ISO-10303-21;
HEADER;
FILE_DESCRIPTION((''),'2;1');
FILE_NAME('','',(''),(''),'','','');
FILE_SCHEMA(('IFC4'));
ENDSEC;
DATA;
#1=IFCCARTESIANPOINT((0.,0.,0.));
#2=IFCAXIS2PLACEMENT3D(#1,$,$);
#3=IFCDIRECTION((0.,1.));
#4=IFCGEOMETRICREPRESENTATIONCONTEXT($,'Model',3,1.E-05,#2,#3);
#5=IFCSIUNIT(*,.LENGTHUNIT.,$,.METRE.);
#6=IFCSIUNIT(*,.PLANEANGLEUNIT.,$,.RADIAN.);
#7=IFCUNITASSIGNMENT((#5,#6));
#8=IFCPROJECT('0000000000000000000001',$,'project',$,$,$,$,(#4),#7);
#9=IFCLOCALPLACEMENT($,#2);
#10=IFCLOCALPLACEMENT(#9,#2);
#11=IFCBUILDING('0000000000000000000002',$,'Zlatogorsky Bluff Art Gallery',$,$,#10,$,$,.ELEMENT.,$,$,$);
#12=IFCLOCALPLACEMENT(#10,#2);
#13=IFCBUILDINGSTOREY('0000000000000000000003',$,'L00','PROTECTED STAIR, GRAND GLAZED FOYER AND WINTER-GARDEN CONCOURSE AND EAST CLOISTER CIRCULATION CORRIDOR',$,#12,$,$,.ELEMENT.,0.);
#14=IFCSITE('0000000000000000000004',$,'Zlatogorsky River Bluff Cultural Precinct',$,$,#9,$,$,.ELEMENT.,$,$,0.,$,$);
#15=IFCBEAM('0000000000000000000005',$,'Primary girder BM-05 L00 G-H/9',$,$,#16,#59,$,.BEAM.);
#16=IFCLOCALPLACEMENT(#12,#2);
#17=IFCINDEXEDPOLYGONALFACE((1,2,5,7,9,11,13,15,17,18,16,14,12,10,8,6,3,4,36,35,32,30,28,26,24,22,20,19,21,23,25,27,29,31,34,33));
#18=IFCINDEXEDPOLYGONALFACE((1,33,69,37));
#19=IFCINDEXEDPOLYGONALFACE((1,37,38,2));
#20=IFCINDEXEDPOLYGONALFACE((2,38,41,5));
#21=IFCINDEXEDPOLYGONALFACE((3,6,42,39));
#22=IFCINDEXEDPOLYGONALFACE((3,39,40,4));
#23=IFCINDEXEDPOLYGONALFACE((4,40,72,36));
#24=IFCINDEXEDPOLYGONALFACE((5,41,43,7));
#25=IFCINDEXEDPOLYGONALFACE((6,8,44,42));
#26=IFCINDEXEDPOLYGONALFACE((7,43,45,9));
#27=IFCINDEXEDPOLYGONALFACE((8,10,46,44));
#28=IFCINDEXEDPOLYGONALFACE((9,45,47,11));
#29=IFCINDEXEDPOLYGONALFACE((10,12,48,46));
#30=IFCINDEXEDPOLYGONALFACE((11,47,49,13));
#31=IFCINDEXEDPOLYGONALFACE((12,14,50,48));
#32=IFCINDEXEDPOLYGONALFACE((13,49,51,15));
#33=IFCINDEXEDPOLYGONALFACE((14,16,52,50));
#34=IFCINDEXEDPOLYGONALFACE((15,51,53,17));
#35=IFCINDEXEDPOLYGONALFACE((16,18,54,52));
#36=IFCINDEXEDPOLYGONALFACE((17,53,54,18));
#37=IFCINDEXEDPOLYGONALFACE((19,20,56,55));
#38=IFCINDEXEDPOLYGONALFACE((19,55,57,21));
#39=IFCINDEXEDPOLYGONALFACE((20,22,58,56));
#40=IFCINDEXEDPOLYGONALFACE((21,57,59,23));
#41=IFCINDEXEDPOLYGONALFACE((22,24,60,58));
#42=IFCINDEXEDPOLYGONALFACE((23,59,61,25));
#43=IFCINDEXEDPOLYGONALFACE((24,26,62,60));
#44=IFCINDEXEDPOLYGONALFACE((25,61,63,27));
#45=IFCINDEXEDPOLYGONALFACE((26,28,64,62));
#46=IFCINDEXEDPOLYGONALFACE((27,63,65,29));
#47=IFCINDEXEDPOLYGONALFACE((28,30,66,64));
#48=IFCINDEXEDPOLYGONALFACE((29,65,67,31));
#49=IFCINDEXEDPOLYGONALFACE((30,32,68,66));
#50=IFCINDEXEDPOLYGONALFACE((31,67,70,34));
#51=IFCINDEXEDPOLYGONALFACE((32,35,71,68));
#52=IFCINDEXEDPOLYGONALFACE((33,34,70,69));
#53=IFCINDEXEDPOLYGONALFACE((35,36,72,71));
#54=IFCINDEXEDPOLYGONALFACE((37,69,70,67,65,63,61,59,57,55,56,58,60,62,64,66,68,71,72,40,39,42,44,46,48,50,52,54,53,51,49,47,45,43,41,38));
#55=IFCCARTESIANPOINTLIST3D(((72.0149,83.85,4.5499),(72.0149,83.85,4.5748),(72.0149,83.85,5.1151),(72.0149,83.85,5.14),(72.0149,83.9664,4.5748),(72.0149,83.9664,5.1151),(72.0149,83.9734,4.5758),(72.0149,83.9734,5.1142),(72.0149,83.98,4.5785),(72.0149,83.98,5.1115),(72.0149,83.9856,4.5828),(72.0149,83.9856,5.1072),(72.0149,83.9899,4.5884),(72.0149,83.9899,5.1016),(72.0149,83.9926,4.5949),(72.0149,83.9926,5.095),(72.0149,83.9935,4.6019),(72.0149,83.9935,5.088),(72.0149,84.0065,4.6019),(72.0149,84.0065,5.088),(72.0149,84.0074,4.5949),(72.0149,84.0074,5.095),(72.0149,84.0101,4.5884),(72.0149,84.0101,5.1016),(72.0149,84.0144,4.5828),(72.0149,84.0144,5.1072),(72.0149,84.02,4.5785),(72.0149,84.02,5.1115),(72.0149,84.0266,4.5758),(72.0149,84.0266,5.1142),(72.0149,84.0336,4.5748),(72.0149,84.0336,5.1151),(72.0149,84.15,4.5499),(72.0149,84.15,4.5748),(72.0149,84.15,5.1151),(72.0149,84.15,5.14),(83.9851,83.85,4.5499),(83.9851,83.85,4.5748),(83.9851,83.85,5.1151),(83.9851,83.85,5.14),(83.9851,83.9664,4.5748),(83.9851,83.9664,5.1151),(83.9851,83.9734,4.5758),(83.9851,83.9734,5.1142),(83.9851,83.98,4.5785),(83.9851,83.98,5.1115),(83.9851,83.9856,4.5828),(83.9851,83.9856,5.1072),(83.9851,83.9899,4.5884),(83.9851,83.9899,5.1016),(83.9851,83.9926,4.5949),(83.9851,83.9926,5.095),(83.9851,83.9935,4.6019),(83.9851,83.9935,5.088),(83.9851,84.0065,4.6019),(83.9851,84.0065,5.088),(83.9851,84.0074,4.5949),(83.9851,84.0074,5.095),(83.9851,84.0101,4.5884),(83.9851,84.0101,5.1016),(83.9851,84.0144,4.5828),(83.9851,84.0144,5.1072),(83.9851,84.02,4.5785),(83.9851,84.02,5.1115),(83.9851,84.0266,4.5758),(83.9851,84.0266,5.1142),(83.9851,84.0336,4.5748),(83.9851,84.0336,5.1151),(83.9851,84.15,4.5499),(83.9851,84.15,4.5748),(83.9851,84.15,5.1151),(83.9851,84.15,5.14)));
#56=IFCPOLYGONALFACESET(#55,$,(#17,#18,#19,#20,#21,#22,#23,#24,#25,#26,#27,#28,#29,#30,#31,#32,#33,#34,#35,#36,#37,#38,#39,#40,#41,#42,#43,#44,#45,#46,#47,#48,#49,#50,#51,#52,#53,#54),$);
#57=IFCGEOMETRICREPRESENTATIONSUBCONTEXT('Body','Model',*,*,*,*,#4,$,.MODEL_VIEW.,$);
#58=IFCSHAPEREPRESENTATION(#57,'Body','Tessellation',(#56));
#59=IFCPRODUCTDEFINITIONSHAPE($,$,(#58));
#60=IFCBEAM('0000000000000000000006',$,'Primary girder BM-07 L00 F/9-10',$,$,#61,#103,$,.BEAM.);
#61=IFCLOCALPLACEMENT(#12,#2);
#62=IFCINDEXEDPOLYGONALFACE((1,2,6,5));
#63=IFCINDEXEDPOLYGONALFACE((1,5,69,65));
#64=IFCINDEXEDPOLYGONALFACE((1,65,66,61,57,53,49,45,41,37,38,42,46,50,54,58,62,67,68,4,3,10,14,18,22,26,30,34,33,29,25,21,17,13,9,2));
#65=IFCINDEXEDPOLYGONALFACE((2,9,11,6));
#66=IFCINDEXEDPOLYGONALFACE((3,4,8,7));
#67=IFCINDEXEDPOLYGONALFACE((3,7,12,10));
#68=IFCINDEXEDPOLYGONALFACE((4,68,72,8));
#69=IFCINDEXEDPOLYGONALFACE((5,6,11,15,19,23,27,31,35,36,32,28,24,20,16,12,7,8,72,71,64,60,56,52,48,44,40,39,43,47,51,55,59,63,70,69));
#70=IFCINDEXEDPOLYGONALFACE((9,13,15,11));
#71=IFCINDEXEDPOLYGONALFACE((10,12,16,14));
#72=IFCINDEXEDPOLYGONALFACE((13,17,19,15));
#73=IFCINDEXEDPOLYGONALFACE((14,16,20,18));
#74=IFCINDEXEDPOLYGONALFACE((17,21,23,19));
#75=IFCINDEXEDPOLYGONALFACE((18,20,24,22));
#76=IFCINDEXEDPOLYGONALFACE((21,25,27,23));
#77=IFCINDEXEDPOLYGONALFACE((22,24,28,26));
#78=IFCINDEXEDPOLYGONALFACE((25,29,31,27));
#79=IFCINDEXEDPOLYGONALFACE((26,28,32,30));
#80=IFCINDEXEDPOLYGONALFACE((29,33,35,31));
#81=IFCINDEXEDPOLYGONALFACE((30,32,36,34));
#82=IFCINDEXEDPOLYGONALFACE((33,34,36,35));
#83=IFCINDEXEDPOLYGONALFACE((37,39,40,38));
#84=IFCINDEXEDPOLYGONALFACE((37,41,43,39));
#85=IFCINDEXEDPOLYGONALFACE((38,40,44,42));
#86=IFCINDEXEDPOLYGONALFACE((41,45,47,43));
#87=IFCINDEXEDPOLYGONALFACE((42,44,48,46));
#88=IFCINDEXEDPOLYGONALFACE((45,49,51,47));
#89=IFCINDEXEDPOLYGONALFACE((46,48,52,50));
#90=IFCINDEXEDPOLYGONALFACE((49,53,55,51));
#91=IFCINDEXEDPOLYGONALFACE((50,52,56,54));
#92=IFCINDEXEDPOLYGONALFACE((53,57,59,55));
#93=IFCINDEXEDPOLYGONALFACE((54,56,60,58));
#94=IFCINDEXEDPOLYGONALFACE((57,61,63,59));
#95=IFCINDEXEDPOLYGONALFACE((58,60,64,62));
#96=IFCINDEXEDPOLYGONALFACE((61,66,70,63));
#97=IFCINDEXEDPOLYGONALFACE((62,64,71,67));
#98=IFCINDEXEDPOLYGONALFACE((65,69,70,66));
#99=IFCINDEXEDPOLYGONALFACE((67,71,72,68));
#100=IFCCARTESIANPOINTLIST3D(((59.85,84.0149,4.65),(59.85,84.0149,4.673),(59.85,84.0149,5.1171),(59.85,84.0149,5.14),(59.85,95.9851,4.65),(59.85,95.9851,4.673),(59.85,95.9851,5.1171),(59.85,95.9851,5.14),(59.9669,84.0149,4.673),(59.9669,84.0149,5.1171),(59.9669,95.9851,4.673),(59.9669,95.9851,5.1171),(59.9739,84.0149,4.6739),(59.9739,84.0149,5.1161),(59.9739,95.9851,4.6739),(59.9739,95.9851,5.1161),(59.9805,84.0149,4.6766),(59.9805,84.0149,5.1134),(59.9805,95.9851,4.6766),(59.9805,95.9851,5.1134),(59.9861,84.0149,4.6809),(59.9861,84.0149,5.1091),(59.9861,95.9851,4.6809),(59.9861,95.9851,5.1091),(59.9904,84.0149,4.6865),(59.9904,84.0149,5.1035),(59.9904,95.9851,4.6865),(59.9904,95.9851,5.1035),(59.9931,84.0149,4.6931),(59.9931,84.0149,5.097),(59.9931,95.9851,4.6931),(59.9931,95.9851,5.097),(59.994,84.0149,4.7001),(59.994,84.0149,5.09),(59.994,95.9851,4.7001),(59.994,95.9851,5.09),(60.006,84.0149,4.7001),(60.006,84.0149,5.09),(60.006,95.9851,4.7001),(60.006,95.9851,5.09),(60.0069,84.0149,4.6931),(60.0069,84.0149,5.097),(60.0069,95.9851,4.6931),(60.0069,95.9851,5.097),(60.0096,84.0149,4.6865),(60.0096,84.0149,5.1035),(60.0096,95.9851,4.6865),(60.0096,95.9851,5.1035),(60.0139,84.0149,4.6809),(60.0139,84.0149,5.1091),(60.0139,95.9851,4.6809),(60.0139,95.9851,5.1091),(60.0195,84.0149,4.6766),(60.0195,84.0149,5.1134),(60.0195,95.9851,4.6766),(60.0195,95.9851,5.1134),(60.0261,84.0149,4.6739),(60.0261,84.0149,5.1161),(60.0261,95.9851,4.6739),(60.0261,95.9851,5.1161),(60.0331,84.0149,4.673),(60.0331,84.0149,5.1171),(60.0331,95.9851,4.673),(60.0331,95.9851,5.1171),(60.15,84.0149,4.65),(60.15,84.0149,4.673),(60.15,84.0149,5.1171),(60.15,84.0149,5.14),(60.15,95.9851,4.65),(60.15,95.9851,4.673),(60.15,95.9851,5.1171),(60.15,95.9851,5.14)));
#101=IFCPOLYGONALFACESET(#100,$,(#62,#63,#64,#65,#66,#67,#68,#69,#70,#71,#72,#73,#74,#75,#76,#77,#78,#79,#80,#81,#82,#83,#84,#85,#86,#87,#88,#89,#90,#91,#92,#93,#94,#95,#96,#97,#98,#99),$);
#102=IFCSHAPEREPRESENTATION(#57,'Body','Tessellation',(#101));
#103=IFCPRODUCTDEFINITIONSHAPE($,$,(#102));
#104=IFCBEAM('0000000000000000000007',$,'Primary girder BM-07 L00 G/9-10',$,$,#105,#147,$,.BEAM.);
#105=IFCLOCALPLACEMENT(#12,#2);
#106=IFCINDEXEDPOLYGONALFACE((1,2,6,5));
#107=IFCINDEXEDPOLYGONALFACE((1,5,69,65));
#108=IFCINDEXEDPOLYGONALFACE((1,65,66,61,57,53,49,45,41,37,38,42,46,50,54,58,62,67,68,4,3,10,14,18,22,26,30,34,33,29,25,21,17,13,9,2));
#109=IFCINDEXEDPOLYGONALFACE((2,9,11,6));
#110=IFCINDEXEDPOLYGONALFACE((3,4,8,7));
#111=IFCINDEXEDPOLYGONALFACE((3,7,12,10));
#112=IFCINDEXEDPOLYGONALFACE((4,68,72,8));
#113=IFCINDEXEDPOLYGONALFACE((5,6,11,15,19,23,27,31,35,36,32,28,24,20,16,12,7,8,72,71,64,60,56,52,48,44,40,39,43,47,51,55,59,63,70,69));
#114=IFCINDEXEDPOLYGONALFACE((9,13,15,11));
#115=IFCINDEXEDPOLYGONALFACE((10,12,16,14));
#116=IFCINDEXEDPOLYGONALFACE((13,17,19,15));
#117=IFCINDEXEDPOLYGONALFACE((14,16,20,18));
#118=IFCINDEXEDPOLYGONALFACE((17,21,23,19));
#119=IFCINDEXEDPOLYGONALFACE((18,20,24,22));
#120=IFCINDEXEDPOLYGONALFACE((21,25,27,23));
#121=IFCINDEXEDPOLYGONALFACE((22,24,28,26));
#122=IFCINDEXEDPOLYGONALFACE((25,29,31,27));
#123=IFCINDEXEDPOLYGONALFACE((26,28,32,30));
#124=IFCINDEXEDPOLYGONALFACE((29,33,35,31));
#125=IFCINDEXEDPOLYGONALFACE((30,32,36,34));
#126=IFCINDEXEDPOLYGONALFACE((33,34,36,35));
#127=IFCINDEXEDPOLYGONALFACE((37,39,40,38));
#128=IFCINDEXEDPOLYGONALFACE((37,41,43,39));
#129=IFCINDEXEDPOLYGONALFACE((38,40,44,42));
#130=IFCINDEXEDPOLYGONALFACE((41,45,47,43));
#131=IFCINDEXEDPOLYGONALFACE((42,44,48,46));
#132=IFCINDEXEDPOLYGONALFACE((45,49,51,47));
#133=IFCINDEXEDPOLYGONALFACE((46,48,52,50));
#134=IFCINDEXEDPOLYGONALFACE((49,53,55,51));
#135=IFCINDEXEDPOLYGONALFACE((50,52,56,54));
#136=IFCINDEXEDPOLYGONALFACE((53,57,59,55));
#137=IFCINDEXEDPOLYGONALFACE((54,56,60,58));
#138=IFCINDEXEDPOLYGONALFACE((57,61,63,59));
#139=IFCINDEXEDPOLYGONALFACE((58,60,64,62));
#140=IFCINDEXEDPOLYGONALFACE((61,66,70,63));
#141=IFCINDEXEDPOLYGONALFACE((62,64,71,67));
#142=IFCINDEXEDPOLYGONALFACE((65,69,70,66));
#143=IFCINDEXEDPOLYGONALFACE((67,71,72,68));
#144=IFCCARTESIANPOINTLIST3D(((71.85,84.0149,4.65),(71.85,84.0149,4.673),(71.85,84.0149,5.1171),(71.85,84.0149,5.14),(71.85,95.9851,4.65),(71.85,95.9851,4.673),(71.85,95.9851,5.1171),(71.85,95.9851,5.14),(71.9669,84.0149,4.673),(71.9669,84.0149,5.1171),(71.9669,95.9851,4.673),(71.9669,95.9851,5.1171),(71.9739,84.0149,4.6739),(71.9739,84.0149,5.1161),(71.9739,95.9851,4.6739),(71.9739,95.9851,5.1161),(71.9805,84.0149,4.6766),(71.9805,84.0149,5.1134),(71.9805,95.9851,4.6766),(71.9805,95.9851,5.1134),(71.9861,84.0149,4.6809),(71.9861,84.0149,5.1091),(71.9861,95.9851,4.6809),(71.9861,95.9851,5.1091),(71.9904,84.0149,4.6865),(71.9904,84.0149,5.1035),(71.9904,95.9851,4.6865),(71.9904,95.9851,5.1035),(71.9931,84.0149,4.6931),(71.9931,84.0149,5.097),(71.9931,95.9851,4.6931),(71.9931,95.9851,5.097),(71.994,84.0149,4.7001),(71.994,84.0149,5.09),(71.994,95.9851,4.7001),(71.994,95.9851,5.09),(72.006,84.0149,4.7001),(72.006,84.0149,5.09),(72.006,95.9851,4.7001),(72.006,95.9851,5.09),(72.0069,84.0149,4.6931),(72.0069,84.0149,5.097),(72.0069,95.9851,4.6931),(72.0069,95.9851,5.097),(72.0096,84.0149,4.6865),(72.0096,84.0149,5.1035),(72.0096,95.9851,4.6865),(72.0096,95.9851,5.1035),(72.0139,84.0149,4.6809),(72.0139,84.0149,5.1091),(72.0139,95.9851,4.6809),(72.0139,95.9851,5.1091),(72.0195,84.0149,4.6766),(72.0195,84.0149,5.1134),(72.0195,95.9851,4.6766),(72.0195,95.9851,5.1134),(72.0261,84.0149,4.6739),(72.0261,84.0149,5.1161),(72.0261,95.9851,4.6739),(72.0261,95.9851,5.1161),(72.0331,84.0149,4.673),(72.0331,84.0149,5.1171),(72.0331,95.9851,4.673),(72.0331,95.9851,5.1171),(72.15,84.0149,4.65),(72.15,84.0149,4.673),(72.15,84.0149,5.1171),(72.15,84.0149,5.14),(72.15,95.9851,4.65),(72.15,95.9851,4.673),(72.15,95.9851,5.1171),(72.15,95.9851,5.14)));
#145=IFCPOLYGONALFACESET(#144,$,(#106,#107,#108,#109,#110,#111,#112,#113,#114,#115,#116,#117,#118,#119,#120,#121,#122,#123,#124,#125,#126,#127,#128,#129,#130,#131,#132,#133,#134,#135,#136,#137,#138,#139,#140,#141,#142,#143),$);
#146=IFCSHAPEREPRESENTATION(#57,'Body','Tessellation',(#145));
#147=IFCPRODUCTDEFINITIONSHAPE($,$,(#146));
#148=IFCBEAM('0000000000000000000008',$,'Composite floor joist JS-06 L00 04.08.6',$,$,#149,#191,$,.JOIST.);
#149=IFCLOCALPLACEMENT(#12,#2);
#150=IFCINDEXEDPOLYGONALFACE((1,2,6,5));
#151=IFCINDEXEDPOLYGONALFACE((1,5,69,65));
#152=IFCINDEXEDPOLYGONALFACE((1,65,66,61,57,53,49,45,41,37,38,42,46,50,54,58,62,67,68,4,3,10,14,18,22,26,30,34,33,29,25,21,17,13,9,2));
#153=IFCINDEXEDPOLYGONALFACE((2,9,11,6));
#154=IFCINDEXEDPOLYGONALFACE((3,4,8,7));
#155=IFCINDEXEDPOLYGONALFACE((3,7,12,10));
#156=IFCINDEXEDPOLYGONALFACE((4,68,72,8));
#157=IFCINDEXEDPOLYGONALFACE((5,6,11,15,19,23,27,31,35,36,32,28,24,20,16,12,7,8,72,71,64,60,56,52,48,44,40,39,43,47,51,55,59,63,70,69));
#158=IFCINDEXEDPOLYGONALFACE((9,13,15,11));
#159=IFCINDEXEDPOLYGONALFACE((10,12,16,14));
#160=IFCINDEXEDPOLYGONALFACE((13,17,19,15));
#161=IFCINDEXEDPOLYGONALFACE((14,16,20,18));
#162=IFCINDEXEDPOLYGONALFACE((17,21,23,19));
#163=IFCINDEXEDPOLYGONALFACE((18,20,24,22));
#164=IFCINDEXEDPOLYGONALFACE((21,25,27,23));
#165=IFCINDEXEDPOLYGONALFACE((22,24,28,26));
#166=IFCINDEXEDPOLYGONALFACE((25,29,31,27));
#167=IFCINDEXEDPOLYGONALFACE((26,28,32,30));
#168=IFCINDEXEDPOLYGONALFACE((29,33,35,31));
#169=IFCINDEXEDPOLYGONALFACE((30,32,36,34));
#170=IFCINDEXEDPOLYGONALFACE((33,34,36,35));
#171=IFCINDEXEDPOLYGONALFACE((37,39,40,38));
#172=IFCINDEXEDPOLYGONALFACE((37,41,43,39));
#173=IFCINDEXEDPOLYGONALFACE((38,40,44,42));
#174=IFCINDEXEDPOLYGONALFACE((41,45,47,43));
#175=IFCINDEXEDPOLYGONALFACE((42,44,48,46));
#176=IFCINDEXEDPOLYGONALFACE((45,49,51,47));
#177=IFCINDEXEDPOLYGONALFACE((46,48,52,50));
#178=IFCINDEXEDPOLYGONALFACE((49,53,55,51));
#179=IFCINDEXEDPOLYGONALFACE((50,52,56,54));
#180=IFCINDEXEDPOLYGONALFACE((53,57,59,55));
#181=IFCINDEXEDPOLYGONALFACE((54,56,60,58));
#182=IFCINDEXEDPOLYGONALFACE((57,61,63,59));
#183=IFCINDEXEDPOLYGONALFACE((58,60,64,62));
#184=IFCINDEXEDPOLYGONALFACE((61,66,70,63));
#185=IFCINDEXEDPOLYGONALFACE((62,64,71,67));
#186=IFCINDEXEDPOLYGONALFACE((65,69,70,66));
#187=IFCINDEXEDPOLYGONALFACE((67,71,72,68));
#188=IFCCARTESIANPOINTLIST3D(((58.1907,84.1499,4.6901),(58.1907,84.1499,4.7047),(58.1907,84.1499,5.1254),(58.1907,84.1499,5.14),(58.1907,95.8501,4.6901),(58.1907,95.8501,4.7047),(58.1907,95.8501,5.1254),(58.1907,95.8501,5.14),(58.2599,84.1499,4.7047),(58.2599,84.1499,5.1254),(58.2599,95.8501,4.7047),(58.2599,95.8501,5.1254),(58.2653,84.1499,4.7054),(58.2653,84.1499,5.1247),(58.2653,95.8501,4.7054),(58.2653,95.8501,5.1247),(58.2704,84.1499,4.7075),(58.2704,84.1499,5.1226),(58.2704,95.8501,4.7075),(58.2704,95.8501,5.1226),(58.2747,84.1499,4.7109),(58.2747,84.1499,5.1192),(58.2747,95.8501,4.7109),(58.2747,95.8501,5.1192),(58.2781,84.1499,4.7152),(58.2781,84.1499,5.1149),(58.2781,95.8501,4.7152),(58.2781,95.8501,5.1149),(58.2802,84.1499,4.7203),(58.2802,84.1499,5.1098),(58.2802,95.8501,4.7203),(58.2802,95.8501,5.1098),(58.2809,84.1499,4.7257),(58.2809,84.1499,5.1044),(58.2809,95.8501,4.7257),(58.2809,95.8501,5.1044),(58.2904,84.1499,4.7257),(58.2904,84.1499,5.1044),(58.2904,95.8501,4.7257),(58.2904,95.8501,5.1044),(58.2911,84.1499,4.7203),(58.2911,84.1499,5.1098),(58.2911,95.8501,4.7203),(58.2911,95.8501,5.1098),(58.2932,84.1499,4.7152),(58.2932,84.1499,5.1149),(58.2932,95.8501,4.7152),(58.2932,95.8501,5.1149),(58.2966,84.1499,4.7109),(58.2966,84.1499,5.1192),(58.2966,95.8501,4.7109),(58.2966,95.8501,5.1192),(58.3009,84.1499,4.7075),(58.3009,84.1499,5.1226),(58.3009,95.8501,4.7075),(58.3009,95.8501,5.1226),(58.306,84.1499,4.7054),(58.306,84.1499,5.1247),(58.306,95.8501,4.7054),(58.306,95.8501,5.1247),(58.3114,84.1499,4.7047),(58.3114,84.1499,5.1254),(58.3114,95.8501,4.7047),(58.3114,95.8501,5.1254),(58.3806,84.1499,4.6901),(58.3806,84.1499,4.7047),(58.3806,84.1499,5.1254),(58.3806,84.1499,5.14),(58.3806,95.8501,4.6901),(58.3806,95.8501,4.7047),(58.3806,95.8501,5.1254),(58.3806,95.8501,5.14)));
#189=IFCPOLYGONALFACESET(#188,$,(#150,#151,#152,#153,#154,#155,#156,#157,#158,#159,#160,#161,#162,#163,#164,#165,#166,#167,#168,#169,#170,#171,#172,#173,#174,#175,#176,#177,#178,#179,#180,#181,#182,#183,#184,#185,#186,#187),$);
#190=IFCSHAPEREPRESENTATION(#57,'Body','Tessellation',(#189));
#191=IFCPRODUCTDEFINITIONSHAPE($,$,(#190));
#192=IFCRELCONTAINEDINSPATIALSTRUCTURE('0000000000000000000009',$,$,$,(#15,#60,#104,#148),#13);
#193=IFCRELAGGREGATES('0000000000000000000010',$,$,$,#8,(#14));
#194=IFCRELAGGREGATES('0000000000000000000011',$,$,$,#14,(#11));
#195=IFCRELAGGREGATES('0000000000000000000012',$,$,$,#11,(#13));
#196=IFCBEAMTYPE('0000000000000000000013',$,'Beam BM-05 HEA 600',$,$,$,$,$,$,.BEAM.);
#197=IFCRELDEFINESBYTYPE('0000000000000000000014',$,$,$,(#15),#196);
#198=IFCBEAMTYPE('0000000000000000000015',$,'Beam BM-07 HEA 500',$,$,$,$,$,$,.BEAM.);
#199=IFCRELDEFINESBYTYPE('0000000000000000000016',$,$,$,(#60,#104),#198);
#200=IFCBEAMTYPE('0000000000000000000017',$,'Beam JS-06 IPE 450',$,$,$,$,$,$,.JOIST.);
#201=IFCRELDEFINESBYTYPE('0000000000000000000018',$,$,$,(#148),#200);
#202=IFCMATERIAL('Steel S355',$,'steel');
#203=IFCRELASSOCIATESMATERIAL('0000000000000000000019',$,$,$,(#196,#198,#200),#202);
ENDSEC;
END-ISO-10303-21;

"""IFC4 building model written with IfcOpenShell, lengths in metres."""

from ifc_helpers import new_model, si_unit, direction, frame, origin, origin_2d, place, context, subcontext, project, spatial, i_section, extrude, material, material_profile, profile_set, type_object, element, save


model = new_model("IFC4")

# Units and contexts
model_context = context("Model", 3, precision=1e-05, world=origin(), true_north=direction((0.0, 1.0)))
body_context = subcontext(model_context, "Body", "Model", "MODEL_VIEW")
ifc_project = project(units=[si_unit("LENGTHUNIT", "METRE"), si_unit("PLANEANGLEUNIT", "RADIAN")], contexts=[model_context])

# Site, building, storey
site_placement = place(None, origin())
site = spatial("IfcSite", under=ifc_project, at=site_placement, Name="Zlatogorsky River Bluff Cultural Precinct", CompositionType="ELEMENT", RefElevation=0.0)
building_placement = place(site_placement, origin())
building = spatial("IfcBuilding", under=site, at=building_placement, Name="Zlatogorsky Bluff Art Gallery", CompositionType="ELEMENT")
storey_placement = place(building_placement, origin())
storey = spatial("IfcBuildingStorey", under=building, at=storey_placement, Name="L00", Description="PROTECTED STAIR, GRAND GLAZED FOYER AND WINTER-GARDEN CONCOURSE AND EAST CLOISTER CIRCULATION CORRIDOR", CompositionType="ELEMENT", Elevation=0.0)

# Shared definitions
ifc_material_1 = material(Name="Steel S355", Category="steel")

# Beams
ifc_material_profile_1 = material_profile(ifc_material_1, i_section(OverallWidth=0.3, OverallDepth=0.5901, WebThickness=0.0129, FlangeThickness=0.0249, FilletRadius=0.0271, at=origin_2d()), Name="HEA 600")
ifc_profile_set_1 = profile_set([ifc_material_profile_1], Name="Steel S355")
beam_type_1 = type_object("IfcBeamType", Name="Beam BM-05 HEA 600", PredefinedType="BEAM", material=ifc_profile_set_1)
for number, where, z_axis, x_axis, name in (
    (1, (72.0149, 84.0, 4.845), (1.0, 0.0, 0.0), (0.0, 1.0, 0.0), "Primary girder BM-05 L00 G-H/9"),
):
    element("IfcBeam", number, at=place(storey_placement, frame(where, z_axis=z_axis, x_axis=x_axis)), inside=storey, type_object=beam_type_1, Name=name, PredefinedType="BEAM", context=body_context, shape_type="SweptSolid", body=[
        extrude(i_section(OverallWidth=0.3, OverallDepth=0.5901, WebThickness=0.0129, FlangeThickness=0.0249, FilletRadius=0.0271, at=origin_2d()), origin(), (0.0, 0.0, 1.0), 11.9702),
    ])
ifc_material_profile_2 = material_profile(ifc_material_1, i_section(OverallWidth=0.3, OverallDepth=0.49, WebThickness=0.012, FlangeThickness=0.0229, FilletRadius=0.0271, at=origin_2d()), Name="HEA 500")
ifc_profile_set_2 = profile_set([ifc_material_profile_2], Name="Steel S355")
beam_type_2 = type_object("IfcBeamType", Name="Beam BM-07 HEA 500", PredefinedType="BEAM", material=ifc_profile_set_2)
for number, where, z_axis, x_axis, name in (
    (2, (60.0, 84.0149, 4.895), (0.0, 1.0, 0.0), (-1.0, 0.0, 0.0), "Primary girder BM-07 L00 F/9-10"),
    (3, (72.0, 84.0149, 4.895), (0.0, 1.0, 0.0), (-1.0, 0.0, 0.0), "Primary girder BM-07 L00 G/9-10"),
):
    element("IfcBeam", number, at=place(storey_placement, frame(where, z_axis=z_axis, x_axis=x_axis)), inside=storey, type_object=beam_type_2, Name=name, PredefinedType="BEAM", context=body_context, shape_type="SweptSolid", body=[
        extrude(i_section(OverallWidth=0.3, OverallDepth=0.49, WebThickness=0.012, FlangeThickness=0.0229, FilletRadius=0.0271, at=origin_2d()), origin(), (0.0, 0.0, 1.0), 11.9702),
    ])
ifc_material_profile_3 = material_profile(ifc_material_1, i_section(OverallWidth=0.1899, OverallDepth=0.45, WebThickness=0.0095, FlangeThickness=0.0146, FilletRadius=0.021, at=origin_2d()), Name="IPE 450")
ifc_profile_set_3 = profile_set([ifc_material_profile_3], Name="Steel S355")
beam_type_3 = type_object("IfcBeamType", Name="Beam JS-06 IPE 450", PredefinedType="JOIST", material=ifc_profile_set_3)
for number, where, z_axis, x_axis, name in (
    (4, (58.2856, 84.1499, 4.915), (0.0, 1.0, 0.0), (-1.0, 0.0, 0.0), "Composite floor joist JS-06 L00 04.08.6"),
):
    element("IfcBeam", number, at=place(storey_placement, frame(where, z_axis=z_axis, x_axis=x_axis)), inside=storey, type_object=beam_type_3, Name=name, PredefinedType="JOIST", context=body_context, shape_type="SweptSolid", body=[
        extrude(i_section(OverallWidth=0.1899, OverallDepth=0.45, WebThickness=0.0095, FlangeThickness=0.0146, FilletRadius=0.021, at=origin_2d()), origin(), (0.0, 0.0, 1.0), 11.7002),
    ])

save(model, "model.ifc")
